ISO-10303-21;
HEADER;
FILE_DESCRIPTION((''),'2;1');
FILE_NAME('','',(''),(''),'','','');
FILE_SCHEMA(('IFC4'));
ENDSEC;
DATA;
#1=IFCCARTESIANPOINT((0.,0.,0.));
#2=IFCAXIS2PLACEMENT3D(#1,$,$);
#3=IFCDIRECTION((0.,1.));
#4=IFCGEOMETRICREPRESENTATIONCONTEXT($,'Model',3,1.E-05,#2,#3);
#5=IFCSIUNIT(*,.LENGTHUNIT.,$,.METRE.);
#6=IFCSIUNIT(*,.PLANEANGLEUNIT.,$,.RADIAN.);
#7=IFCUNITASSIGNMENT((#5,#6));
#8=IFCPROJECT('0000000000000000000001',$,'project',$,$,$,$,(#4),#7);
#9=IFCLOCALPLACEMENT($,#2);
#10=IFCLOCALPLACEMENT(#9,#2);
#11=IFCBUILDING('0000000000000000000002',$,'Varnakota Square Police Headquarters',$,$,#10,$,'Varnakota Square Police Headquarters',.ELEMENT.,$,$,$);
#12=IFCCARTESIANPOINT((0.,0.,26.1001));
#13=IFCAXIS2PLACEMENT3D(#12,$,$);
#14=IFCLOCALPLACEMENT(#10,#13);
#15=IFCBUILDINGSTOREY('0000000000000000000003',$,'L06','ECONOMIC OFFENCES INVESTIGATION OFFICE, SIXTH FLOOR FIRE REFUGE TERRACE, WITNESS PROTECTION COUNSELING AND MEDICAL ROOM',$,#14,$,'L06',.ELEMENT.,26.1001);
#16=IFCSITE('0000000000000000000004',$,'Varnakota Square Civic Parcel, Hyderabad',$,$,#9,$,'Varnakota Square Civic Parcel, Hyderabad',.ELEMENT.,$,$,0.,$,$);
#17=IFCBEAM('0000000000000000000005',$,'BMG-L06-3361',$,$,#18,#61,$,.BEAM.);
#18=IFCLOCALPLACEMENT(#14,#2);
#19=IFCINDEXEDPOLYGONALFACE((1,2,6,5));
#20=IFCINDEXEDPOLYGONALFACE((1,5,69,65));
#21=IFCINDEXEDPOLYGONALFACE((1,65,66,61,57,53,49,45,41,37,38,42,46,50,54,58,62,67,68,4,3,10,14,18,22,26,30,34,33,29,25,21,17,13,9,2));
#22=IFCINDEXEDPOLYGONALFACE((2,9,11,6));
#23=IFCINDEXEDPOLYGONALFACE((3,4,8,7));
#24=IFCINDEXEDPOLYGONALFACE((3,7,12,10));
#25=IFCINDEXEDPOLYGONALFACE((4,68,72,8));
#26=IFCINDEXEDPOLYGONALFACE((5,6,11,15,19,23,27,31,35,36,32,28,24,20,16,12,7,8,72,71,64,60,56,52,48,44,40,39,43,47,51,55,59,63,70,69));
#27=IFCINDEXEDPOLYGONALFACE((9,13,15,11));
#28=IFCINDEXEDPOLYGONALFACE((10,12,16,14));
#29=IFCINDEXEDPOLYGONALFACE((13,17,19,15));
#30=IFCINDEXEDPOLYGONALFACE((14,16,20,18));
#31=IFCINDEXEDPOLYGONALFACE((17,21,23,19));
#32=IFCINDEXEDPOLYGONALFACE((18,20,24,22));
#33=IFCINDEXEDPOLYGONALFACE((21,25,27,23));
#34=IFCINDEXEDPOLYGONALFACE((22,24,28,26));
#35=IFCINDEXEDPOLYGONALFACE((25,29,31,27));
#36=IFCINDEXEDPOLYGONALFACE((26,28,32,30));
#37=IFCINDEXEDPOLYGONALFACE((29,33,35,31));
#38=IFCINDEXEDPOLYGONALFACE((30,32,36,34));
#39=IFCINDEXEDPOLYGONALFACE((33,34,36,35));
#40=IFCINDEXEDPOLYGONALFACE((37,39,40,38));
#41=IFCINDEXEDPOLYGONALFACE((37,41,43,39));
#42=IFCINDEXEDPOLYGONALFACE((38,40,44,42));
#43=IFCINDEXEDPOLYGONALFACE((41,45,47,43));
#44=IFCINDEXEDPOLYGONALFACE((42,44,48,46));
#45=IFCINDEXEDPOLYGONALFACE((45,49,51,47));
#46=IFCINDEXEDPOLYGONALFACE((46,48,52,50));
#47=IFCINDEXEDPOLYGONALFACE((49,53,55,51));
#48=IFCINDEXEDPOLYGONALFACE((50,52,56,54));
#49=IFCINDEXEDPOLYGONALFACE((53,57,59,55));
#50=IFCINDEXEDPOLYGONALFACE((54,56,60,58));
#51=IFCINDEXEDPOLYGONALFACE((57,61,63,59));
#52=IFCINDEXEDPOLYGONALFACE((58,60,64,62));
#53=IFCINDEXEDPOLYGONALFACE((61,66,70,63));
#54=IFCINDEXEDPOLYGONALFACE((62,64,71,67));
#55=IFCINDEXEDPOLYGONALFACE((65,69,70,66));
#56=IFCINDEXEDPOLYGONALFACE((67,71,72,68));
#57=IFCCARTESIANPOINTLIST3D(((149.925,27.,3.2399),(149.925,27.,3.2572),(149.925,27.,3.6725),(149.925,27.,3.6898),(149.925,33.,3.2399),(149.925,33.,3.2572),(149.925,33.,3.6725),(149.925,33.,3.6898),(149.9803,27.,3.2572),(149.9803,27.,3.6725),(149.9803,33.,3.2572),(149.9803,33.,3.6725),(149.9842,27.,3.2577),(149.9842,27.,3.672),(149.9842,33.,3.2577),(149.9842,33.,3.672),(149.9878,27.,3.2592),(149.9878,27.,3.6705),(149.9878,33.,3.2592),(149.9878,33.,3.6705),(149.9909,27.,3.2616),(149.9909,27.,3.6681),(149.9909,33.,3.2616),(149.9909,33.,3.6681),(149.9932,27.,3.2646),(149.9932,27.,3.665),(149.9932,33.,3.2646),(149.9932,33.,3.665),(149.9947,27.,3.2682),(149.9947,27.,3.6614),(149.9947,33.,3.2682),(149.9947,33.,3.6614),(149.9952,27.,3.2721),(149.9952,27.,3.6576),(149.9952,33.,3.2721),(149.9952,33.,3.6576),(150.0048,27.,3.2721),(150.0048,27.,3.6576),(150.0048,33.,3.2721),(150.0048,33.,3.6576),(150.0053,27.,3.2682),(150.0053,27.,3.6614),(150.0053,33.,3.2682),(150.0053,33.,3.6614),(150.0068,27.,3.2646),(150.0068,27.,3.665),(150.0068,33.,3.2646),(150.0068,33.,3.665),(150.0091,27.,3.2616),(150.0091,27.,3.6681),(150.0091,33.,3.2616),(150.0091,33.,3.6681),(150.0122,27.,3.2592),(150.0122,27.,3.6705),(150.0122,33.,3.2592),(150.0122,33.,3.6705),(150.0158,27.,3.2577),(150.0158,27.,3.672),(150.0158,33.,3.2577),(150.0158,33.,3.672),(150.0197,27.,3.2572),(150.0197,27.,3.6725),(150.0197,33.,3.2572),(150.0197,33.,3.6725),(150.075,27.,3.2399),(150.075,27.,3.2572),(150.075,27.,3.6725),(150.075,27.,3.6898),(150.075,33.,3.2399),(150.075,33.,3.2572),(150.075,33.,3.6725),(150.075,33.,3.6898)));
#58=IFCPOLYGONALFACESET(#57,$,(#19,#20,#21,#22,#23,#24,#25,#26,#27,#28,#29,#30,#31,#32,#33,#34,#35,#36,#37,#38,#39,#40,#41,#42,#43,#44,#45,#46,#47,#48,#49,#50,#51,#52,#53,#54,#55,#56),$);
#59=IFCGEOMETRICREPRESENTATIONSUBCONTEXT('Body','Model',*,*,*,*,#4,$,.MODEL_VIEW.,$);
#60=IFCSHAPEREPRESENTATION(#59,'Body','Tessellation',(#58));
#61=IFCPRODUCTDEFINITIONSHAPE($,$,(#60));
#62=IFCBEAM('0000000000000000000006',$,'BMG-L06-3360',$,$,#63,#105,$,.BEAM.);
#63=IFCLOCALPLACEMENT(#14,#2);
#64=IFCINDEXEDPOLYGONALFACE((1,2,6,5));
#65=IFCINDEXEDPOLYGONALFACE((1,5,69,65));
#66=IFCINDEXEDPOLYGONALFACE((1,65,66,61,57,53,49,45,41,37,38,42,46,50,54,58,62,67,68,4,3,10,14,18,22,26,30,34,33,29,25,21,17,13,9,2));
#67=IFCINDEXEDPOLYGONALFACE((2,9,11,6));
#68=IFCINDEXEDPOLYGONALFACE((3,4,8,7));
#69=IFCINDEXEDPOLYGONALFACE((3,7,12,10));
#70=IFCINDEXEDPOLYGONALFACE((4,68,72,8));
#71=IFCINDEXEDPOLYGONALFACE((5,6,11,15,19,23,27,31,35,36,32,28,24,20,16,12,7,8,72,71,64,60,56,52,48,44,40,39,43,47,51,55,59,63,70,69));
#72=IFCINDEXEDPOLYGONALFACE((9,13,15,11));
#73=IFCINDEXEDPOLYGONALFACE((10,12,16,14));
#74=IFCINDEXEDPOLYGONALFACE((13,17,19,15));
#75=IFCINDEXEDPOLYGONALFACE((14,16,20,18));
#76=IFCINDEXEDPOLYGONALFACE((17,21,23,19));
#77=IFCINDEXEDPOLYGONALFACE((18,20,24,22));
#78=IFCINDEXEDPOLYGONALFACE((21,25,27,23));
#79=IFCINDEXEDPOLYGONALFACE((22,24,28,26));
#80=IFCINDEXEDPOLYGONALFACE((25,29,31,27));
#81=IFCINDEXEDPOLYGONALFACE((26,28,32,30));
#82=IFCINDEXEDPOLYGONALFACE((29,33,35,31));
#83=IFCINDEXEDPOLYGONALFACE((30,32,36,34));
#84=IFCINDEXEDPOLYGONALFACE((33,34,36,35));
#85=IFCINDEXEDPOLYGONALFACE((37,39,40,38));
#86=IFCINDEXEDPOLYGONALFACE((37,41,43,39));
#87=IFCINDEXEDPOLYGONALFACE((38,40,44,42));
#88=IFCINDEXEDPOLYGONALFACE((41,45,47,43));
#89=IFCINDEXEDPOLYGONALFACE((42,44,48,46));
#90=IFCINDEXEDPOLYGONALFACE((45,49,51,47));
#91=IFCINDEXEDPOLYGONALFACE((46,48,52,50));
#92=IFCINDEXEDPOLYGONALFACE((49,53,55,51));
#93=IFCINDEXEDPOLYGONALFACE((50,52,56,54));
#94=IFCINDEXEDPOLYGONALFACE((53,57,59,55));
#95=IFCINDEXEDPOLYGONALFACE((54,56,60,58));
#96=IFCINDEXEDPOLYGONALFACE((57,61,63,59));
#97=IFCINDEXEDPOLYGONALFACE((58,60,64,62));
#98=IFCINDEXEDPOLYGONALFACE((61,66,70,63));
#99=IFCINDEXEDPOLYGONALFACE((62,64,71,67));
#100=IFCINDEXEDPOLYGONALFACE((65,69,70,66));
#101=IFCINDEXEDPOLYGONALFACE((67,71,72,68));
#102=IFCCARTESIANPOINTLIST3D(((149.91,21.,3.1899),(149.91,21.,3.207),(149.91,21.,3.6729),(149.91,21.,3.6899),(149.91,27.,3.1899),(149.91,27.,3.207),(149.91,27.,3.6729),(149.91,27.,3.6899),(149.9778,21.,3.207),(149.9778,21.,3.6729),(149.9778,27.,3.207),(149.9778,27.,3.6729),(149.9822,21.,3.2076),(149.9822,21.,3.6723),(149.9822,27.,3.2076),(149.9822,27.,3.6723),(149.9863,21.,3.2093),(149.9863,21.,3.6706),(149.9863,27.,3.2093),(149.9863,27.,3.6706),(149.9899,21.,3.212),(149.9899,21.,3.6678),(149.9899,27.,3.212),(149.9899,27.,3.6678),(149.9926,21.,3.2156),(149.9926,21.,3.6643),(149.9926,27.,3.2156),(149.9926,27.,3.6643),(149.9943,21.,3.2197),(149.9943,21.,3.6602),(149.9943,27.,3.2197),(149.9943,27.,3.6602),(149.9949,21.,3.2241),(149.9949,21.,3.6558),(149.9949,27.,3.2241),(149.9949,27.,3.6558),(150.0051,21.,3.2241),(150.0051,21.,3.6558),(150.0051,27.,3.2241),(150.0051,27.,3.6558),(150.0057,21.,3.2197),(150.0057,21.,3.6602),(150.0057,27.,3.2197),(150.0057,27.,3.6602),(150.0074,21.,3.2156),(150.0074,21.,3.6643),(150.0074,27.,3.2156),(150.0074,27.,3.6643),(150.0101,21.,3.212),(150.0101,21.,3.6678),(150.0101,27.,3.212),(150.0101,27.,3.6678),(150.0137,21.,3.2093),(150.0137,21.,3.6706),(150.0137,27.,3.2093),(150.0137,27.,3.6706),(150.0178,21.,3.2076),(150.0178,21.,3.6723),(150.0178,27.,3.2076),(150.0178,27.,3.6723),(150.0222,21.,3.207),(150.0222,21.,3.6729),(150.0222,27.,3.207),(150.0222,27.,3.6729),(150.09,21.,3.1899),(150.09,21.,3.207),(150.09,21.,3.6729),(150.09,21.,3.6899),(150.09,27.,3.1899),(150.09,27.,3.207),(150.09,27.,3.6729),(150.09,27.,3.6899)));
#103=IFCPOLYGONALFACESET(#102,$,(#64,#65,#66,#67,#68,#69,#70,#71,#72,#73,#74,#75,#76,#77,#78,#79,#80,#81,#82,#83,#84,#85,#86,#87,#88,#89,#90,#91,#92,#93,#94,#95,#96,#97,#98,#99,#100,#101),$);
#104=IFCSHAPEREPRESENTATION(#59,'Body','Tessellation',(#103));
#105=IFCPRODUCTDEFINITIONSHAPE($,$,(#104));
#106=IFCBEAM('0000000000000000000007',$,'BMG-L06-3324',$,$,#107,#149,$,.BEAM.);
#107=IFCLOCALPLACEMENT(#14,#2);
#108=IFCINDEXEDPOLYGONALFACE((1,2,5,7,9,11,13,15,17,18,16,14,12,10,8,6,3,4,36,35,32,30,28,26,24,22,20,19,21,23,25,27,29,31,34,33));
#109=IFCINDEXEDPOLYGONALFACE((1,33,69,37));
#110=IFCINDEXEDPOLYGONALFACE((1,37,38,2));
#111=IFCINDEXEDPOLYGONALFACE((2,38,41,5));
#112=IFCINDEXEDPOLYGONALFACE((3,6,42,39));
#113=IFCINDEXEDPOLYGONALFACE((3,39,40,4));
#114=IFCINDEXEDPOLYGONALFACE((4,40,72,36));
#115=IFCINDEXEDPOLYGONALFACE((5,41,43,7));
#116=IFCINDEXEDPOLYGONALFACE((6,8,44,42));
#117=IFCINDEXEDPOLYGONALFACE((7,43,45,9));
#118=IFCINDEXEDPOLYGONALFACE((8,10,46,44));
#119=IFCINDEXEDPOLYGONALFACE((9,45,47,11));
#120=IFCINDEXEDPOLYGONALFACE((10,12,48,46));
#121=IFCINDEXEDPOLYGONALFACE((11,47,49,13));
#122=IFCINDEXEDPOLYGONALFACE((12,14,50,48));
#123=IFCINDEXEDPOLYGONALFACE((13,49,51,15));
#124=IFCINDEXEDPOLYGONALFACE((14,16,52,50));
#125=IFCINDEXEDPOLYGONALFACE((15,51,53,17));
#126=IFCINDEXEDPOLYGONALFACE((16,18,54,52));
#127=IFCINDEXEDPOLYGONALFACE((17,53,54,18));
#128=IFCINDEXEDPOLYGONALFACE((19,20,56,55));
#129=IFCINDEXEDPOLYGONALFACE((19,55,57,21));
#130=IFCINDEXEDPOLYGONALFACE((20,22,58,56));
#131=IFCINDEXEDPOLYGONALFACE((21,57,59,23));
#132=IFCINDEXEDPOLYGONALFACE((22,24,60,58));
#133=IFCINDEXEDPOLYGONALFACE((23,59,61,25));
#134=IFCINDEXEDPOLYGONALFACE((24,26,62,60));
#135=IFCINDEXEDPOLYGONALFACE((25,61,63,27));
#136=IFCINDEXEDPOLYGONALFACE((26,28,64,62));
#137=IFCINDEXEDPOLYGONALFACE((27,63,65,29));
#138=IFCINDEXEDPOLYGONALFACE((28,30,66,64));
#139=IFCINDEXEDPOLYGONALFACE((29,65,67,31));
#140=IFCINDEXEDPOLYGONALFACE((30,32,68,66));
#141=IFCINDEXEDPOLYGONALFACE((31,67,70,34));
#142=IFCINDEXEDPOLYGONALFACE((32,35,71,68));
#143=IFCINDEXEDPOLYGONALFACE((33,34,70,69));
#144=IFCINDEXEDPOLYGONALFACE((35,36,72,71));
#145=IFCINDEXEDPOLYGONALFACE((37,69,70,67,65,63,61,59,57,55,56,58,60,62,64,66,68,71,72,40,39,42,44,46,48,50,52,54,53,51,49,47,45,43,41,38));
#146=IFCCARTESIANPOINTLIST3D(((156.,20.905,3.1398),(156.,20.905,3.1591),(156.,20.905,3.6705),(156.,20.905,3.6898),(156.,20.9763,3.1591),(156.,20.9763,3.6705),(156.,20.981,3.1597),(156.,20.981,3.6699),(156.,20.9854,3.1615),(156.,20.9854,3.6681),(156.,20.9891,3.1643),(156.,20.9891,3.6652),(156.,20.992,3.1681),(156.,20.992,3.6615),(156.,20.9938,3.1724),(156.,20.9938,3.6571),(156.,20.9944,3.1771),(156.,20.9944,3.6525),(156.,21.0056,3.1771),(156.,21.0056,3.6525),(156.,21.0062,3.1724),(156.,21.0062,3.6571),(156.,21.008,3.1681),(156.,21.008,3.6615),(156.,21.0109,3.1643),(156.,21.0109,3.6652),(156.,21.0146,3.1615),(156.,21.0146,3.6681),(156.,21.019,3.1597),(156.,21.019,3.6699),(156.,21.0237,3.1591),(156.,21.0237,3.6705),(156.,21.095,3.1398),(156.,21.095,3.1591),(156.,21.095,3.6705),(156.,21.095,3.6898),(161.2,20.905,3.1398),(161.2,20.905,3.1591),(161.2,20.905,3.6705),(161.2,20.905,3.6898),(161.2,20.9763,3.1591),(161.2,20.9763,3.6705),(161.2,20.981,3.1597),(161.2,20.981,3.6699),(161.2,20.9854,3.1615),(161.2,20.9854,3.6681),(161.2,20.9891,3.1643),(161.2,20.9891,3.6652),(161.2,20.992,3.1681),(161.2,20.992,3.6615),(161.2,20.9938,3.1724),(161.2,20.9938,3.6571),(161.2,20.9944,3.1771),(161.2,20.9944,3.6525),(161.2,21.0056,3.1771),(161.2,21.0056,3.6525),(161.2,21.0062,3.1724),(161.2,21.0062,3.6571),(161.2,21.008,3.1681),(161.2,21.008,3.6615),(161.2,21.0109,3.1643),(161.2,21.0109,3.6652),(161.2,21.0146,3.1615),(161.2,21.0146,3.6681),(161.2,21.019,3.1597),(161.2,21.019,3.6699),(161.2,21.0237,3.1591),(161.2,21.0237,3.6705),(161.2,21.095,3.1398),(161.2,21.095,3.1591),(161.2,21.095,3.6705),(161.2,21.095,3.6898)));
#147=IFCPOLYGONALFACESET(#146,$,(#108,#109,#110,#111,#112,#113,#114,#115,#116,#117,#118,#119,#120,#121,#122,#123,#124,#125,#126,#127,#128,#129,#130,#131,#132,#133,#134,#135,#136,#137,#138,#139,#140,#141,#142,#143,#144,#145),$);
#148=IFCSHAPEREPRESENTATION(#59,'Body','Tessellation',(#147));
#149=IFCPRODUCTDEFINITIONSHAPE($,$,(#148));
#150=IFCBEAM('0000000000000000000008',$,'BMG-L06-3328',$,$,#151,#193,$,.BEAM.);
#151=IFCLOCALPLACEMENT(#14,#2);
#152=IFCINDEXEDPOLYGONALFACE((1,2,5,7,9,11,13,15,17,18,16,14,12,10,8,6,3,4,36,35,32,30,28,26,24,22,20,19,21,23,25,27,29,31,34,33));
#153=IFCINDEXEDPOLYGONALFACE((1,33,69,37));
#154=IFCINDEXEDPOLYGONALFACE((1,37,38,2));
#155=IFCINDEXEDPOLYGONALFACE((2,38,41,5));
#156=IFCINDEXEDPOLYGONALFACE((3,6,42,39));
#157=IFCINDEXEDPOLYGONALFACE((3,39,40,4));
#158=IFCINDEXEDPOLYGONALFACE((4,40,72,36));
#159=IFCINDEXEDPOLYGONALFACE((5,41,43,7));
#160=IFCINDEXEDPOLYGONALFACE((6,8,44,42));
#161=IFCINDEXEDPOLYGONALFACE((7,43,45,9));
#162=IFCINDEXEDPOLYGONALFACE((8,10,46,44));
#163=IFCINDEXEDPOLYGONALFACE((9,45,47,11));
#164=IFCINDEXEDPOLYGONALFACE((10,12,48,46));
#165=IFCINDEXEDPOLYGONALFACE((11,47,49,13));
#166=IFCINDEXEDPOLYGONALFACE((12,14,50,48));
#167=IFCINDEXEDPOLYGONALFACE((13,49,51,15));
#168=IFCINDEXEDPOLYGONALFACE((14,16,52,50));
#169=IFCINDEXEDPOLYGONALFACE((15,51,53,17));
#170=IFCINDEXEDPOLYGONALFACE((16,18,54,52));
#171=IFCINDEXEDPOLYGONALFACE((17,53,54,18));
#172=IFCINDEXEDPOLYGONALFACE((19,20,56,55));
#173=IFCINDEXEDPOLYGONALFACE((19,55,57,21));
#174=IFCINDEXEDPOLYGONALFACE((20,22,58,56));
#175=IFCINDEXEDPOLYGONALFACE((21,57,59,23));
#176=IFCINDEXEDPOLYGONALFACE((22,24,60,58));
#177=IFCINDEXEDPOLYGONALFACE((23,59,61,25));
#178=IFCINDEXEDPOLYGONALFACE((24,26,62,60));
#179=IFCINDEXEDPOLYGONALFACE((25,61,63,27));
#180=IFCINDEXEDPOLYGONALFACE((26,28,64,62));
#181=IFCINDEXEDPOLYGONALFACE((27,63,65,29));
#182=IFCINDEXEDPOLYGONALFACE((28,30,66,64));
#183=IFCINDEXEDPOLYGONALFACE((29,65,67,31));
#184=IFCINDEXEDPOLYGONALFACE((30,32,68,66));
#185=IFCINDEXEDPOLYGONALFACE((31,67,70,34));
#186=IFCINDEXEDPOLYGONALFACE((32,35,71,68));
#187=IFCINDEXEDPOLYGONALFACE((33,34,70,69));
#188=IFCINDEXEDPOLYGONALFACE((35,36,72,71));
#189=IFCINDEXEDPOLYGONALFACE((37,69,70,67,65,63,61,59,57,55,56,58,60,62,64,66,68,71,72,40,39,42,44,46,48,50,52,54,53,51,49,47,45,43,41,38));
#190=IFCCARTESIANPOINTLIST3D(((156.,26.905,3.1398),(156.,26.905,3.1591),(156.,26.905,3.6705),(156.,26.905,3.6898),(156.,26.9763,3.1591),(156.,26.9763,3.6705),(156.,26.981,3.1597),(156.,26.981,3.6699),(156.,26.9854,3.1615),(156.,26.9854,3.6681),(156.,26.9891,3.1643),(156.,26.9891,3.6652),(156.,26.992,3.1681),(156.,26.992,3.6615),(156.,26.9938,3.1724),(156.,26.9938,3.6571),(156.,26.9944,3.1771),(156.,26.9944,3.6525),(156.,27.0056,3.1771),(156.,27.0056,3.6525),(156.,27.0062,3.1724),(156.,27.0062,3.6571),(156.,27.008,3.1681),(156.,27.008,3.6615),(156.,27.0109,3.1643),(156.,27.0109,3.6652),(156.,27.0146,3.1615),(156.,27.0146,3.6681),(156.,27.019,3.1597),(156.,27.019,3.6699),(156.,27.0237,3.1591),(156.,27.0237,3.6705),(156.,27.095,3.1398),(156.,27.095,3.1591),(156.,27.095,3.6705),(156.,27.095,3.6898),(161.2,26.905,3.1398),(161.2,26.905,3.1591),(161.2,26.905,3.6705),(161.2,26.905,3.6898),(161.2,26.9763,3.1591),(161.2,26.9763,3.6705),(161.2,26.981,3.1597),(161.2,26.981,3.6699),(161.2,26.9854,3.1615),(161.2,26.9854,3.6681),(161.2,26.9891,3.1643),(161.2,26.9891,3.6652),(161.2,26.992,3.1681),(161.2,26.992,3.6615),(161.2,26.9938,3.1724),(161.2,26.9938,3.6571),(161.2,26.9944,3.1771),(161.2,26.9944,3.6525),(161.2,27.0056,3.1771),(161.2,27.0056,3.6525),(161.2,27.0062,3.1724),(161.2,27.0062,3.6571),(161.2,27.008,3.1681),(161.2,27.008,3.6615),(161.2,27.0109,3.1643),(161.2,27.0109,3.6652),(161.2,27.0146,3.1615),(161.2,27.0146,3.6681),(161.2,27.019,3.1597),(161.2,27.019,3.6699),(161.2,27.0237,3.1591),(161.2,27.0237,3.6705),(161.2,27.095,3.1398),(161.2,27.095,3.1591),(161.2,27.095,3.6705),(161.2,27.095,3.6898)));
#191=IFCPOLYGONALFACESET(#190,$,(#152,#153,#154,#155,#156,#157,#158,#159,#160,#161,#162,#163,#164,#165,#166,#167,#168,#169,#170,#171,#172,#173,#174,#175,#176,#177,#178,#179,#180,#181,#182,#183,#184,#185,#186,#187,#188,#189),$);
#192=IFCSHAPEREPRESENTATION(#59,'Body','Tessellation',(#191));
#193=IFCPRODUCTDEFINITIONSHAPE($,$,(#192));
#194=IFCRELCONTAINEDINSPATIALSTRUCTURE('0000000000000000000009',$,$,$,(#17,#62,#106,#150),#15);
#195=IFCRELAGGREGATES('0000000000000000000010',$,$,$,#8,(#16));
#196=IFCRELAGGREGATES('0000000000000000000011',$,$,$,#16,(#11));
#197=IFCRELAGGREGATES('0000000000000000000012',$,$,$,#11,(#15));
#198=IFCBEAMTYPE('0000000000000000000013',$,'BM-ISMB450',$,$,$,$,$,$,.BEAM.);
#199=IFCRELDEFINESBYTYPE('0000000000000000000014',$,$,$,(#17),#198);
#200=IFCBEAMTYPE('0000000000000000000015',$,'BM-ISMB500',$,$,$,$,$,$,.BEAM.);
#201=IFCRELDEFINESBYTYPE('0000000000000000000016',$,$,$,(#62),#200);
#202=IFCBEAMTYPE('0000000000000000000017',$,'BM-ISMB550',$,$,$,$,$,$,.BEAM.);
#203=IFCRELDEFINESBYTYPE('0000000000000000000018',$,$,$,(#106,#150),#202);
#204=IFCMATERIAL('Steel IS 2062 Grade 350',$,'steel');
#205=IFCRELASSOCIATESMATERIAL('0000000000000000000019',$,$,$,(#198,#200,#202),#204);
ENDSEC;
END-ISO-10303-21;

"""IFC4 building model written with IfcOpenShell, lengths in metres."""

from ifc_helpers import new_model, si_unit, direction, frame, origin, origin_2d, place, context, subcontext, project, spatial, i_section, extrude, material, material_profile, profile_set, type_object, element, save


model = new_model("IFC4")

# Units and contexts
model_context = context("Model", 3, precision=1e-05, world=origin(), true_north=direction((0.0, 1.0)))
body_context = subcontext(model_context, "Body", "Model", "MODEL_VIEW")
ifc_project = project(units=[si_unit("LENGTHUNIT", "METRE"), si_unit("PLANEANGLEUNIT", "RADIAN")], contexts=[model_context])

# Site, building, storey
site_placement = place(None, origin())
site = spatial("IfcSite", under=ifc_project, at=site_placement, Name="Varnakota Square Civic Parcel, Hyderabad", LongName="Varnakota Square Civic Parcel, Hyderabad", CompositionType="ELEMENT", RefElevation=0.0)
building_placement = place(site_placement, origin())
building = spatial("IfcBuilding", under=site, at=building_placement, Name="Varnakota Square Police Headquarters", LongName="Varnakota Square Police Headquarters", CompositionType="ELEMENT")
storey_placement = place(building_placement, frame((0.0, 0.0, 26.1001)))
storey = spatial("IfcBuildingStorey", under=building, at=storey_placement, Name="L06", Description="ECONOMIC OFFENCES INVESTIGATION OFFICE, SIXTH FLOOR FIRE REFUGE TERRACE, WITNESS PROTECTION COUNSELING AND MEDICAL ROOM", LongName="L06", CompositionType="ELEMENT", Elevation=26.1001)

# Shared definitions
ifc_material_1 = material(Name="Steel IS 2062 Grade 350", Category="steel")

# Beams
ifc_material_profile_1 = material_profile(ifc_material_1, i_section(OverallWidth=0.1499, OverallDepth=0.45, WebThickness=0.0095, FlangeThickness=0.0173, FilletRadius=0.0149, at=origin_2d()), Name="ISMB 450")
ifc_profile_set_1 = profile_set([ifc_material_profile_1], Name="Steel IS 2062 Grade 350")
beam_type_1 = type_object("IfcBeamType", Name="BM-ISMB450", PredefinedType="BEAM", material=ifc_profile_set_1)
beam_1_placement = place(storey_placement, frame((150.0, 27.0, 3.4648), z_axis=(0.0, 1.0, 0.0), x_axis=(-1.0, 0.0, 0.0)))
element("IfcBeam", 1, at=beam_1_placement, inside=storey, type_object=beam_type_1, Name="BMG-L06-3361", PredefinedType="BEAM", context=body_context, shape_type="SweptSolid", body=[
    extrude(i_section(OverallWidth=0.1499, OverallDepth=0.45, WebThickness=0.0095, FlangeThickness=0.0173, FilletRadius=0.0149, at=origin_2d()), origin(), (0.0, 0.0, 1.0), 6.0),
])
ifc_material_profile_2 = material_profile(ifc_material_1, i_section(OverallWidth=0.1799, OverallDepth=0.5, WebThickness=0.0103, FlangeThickness=0.0171, FilletRadius=0.0171, at=origin_2d()), Name="ISMB 500")
ifc_profile_set_2 = profile_set([ifc_material_profile_2], Name="Steel IS 2062 Grade 350")
beam_type_2 = type_object("IfcBeamType", Name="BM-ISMB500", PredefinedType="BEAM", material=ifc_profile_set_2)
beam_2_placement = place(storey_placement, frame((150.0, 21.0, 3.4399), z_axis=(0.0, 1.0, 0.0), x_axis=(-1.0, 0.0, 0.0)))
element("IfcBeam", 2, at=beam_2_placement, inside=storey, type_object=beam_type_2, Name="BMG-L06-3360", PredefinedType="BEAM", context=body_context, shape_type="SweptSolid", body=[
    extrude(i_section(OverallWidth=0.1799, OverallDepth=0.5, WebThickness=0.0103, FlangeThickness=0.0171, FilletRadius=0.0171, at=origin_2d()), origin(), (0.0, 0.0, 1.0), 6.0),
])
ifc_material_profile_3 = material_profile(ifc_material_1, i_section(OverallWidth=0.1899, OverallDepth=0.55, WebThickness=0.0112, FlangeThickness=0.0193, FilletRadius=0.0181, at=origin_2d()), Name="ISMB 550")
ifc_profile_set_3 = profile_set([ifc_material_profile_3], Name="Steel IS 2062 Grade 350")
beam_type_3 = type_object("IfcBeamType", Name="BM-ISMB550", PredefinedType="BEAM", material=ifc_profile_set_3)
for number, where, z_axis, x_axis, name in (
    (3, (156.0, 21.0, 3.4148), (1.0, 0.0, 0.0), (0.0, 1.0, 0.0), "BMG-L06-3324"),
    (4, (156.0, 27.0, 3.4148), (1.0, 0.0, 0.0), (0.0, 1.0, 0.0), "BMG-L06-3328"),
):
    element("IfcBeam", number, at=place(storey_placement, frame(where, z_axis=z_axis, x_axis=x_axis)), inside=storey, type_object=beam_type_3, Name=name, PredefinedType="BEAM", context=body_context, shape_type="SweptSolid", body=[
        extrude(i_section(OverallWidth=0.1899, OverallDepth=0.55, WebThickness=0.0112, FlangeThickness=0.0193, FilletRadius=0.0181, at=origin_2d()), origin(), (0.0, 0.0, 1.0), 5.2),
    ])

save(model, "model.ifc")
